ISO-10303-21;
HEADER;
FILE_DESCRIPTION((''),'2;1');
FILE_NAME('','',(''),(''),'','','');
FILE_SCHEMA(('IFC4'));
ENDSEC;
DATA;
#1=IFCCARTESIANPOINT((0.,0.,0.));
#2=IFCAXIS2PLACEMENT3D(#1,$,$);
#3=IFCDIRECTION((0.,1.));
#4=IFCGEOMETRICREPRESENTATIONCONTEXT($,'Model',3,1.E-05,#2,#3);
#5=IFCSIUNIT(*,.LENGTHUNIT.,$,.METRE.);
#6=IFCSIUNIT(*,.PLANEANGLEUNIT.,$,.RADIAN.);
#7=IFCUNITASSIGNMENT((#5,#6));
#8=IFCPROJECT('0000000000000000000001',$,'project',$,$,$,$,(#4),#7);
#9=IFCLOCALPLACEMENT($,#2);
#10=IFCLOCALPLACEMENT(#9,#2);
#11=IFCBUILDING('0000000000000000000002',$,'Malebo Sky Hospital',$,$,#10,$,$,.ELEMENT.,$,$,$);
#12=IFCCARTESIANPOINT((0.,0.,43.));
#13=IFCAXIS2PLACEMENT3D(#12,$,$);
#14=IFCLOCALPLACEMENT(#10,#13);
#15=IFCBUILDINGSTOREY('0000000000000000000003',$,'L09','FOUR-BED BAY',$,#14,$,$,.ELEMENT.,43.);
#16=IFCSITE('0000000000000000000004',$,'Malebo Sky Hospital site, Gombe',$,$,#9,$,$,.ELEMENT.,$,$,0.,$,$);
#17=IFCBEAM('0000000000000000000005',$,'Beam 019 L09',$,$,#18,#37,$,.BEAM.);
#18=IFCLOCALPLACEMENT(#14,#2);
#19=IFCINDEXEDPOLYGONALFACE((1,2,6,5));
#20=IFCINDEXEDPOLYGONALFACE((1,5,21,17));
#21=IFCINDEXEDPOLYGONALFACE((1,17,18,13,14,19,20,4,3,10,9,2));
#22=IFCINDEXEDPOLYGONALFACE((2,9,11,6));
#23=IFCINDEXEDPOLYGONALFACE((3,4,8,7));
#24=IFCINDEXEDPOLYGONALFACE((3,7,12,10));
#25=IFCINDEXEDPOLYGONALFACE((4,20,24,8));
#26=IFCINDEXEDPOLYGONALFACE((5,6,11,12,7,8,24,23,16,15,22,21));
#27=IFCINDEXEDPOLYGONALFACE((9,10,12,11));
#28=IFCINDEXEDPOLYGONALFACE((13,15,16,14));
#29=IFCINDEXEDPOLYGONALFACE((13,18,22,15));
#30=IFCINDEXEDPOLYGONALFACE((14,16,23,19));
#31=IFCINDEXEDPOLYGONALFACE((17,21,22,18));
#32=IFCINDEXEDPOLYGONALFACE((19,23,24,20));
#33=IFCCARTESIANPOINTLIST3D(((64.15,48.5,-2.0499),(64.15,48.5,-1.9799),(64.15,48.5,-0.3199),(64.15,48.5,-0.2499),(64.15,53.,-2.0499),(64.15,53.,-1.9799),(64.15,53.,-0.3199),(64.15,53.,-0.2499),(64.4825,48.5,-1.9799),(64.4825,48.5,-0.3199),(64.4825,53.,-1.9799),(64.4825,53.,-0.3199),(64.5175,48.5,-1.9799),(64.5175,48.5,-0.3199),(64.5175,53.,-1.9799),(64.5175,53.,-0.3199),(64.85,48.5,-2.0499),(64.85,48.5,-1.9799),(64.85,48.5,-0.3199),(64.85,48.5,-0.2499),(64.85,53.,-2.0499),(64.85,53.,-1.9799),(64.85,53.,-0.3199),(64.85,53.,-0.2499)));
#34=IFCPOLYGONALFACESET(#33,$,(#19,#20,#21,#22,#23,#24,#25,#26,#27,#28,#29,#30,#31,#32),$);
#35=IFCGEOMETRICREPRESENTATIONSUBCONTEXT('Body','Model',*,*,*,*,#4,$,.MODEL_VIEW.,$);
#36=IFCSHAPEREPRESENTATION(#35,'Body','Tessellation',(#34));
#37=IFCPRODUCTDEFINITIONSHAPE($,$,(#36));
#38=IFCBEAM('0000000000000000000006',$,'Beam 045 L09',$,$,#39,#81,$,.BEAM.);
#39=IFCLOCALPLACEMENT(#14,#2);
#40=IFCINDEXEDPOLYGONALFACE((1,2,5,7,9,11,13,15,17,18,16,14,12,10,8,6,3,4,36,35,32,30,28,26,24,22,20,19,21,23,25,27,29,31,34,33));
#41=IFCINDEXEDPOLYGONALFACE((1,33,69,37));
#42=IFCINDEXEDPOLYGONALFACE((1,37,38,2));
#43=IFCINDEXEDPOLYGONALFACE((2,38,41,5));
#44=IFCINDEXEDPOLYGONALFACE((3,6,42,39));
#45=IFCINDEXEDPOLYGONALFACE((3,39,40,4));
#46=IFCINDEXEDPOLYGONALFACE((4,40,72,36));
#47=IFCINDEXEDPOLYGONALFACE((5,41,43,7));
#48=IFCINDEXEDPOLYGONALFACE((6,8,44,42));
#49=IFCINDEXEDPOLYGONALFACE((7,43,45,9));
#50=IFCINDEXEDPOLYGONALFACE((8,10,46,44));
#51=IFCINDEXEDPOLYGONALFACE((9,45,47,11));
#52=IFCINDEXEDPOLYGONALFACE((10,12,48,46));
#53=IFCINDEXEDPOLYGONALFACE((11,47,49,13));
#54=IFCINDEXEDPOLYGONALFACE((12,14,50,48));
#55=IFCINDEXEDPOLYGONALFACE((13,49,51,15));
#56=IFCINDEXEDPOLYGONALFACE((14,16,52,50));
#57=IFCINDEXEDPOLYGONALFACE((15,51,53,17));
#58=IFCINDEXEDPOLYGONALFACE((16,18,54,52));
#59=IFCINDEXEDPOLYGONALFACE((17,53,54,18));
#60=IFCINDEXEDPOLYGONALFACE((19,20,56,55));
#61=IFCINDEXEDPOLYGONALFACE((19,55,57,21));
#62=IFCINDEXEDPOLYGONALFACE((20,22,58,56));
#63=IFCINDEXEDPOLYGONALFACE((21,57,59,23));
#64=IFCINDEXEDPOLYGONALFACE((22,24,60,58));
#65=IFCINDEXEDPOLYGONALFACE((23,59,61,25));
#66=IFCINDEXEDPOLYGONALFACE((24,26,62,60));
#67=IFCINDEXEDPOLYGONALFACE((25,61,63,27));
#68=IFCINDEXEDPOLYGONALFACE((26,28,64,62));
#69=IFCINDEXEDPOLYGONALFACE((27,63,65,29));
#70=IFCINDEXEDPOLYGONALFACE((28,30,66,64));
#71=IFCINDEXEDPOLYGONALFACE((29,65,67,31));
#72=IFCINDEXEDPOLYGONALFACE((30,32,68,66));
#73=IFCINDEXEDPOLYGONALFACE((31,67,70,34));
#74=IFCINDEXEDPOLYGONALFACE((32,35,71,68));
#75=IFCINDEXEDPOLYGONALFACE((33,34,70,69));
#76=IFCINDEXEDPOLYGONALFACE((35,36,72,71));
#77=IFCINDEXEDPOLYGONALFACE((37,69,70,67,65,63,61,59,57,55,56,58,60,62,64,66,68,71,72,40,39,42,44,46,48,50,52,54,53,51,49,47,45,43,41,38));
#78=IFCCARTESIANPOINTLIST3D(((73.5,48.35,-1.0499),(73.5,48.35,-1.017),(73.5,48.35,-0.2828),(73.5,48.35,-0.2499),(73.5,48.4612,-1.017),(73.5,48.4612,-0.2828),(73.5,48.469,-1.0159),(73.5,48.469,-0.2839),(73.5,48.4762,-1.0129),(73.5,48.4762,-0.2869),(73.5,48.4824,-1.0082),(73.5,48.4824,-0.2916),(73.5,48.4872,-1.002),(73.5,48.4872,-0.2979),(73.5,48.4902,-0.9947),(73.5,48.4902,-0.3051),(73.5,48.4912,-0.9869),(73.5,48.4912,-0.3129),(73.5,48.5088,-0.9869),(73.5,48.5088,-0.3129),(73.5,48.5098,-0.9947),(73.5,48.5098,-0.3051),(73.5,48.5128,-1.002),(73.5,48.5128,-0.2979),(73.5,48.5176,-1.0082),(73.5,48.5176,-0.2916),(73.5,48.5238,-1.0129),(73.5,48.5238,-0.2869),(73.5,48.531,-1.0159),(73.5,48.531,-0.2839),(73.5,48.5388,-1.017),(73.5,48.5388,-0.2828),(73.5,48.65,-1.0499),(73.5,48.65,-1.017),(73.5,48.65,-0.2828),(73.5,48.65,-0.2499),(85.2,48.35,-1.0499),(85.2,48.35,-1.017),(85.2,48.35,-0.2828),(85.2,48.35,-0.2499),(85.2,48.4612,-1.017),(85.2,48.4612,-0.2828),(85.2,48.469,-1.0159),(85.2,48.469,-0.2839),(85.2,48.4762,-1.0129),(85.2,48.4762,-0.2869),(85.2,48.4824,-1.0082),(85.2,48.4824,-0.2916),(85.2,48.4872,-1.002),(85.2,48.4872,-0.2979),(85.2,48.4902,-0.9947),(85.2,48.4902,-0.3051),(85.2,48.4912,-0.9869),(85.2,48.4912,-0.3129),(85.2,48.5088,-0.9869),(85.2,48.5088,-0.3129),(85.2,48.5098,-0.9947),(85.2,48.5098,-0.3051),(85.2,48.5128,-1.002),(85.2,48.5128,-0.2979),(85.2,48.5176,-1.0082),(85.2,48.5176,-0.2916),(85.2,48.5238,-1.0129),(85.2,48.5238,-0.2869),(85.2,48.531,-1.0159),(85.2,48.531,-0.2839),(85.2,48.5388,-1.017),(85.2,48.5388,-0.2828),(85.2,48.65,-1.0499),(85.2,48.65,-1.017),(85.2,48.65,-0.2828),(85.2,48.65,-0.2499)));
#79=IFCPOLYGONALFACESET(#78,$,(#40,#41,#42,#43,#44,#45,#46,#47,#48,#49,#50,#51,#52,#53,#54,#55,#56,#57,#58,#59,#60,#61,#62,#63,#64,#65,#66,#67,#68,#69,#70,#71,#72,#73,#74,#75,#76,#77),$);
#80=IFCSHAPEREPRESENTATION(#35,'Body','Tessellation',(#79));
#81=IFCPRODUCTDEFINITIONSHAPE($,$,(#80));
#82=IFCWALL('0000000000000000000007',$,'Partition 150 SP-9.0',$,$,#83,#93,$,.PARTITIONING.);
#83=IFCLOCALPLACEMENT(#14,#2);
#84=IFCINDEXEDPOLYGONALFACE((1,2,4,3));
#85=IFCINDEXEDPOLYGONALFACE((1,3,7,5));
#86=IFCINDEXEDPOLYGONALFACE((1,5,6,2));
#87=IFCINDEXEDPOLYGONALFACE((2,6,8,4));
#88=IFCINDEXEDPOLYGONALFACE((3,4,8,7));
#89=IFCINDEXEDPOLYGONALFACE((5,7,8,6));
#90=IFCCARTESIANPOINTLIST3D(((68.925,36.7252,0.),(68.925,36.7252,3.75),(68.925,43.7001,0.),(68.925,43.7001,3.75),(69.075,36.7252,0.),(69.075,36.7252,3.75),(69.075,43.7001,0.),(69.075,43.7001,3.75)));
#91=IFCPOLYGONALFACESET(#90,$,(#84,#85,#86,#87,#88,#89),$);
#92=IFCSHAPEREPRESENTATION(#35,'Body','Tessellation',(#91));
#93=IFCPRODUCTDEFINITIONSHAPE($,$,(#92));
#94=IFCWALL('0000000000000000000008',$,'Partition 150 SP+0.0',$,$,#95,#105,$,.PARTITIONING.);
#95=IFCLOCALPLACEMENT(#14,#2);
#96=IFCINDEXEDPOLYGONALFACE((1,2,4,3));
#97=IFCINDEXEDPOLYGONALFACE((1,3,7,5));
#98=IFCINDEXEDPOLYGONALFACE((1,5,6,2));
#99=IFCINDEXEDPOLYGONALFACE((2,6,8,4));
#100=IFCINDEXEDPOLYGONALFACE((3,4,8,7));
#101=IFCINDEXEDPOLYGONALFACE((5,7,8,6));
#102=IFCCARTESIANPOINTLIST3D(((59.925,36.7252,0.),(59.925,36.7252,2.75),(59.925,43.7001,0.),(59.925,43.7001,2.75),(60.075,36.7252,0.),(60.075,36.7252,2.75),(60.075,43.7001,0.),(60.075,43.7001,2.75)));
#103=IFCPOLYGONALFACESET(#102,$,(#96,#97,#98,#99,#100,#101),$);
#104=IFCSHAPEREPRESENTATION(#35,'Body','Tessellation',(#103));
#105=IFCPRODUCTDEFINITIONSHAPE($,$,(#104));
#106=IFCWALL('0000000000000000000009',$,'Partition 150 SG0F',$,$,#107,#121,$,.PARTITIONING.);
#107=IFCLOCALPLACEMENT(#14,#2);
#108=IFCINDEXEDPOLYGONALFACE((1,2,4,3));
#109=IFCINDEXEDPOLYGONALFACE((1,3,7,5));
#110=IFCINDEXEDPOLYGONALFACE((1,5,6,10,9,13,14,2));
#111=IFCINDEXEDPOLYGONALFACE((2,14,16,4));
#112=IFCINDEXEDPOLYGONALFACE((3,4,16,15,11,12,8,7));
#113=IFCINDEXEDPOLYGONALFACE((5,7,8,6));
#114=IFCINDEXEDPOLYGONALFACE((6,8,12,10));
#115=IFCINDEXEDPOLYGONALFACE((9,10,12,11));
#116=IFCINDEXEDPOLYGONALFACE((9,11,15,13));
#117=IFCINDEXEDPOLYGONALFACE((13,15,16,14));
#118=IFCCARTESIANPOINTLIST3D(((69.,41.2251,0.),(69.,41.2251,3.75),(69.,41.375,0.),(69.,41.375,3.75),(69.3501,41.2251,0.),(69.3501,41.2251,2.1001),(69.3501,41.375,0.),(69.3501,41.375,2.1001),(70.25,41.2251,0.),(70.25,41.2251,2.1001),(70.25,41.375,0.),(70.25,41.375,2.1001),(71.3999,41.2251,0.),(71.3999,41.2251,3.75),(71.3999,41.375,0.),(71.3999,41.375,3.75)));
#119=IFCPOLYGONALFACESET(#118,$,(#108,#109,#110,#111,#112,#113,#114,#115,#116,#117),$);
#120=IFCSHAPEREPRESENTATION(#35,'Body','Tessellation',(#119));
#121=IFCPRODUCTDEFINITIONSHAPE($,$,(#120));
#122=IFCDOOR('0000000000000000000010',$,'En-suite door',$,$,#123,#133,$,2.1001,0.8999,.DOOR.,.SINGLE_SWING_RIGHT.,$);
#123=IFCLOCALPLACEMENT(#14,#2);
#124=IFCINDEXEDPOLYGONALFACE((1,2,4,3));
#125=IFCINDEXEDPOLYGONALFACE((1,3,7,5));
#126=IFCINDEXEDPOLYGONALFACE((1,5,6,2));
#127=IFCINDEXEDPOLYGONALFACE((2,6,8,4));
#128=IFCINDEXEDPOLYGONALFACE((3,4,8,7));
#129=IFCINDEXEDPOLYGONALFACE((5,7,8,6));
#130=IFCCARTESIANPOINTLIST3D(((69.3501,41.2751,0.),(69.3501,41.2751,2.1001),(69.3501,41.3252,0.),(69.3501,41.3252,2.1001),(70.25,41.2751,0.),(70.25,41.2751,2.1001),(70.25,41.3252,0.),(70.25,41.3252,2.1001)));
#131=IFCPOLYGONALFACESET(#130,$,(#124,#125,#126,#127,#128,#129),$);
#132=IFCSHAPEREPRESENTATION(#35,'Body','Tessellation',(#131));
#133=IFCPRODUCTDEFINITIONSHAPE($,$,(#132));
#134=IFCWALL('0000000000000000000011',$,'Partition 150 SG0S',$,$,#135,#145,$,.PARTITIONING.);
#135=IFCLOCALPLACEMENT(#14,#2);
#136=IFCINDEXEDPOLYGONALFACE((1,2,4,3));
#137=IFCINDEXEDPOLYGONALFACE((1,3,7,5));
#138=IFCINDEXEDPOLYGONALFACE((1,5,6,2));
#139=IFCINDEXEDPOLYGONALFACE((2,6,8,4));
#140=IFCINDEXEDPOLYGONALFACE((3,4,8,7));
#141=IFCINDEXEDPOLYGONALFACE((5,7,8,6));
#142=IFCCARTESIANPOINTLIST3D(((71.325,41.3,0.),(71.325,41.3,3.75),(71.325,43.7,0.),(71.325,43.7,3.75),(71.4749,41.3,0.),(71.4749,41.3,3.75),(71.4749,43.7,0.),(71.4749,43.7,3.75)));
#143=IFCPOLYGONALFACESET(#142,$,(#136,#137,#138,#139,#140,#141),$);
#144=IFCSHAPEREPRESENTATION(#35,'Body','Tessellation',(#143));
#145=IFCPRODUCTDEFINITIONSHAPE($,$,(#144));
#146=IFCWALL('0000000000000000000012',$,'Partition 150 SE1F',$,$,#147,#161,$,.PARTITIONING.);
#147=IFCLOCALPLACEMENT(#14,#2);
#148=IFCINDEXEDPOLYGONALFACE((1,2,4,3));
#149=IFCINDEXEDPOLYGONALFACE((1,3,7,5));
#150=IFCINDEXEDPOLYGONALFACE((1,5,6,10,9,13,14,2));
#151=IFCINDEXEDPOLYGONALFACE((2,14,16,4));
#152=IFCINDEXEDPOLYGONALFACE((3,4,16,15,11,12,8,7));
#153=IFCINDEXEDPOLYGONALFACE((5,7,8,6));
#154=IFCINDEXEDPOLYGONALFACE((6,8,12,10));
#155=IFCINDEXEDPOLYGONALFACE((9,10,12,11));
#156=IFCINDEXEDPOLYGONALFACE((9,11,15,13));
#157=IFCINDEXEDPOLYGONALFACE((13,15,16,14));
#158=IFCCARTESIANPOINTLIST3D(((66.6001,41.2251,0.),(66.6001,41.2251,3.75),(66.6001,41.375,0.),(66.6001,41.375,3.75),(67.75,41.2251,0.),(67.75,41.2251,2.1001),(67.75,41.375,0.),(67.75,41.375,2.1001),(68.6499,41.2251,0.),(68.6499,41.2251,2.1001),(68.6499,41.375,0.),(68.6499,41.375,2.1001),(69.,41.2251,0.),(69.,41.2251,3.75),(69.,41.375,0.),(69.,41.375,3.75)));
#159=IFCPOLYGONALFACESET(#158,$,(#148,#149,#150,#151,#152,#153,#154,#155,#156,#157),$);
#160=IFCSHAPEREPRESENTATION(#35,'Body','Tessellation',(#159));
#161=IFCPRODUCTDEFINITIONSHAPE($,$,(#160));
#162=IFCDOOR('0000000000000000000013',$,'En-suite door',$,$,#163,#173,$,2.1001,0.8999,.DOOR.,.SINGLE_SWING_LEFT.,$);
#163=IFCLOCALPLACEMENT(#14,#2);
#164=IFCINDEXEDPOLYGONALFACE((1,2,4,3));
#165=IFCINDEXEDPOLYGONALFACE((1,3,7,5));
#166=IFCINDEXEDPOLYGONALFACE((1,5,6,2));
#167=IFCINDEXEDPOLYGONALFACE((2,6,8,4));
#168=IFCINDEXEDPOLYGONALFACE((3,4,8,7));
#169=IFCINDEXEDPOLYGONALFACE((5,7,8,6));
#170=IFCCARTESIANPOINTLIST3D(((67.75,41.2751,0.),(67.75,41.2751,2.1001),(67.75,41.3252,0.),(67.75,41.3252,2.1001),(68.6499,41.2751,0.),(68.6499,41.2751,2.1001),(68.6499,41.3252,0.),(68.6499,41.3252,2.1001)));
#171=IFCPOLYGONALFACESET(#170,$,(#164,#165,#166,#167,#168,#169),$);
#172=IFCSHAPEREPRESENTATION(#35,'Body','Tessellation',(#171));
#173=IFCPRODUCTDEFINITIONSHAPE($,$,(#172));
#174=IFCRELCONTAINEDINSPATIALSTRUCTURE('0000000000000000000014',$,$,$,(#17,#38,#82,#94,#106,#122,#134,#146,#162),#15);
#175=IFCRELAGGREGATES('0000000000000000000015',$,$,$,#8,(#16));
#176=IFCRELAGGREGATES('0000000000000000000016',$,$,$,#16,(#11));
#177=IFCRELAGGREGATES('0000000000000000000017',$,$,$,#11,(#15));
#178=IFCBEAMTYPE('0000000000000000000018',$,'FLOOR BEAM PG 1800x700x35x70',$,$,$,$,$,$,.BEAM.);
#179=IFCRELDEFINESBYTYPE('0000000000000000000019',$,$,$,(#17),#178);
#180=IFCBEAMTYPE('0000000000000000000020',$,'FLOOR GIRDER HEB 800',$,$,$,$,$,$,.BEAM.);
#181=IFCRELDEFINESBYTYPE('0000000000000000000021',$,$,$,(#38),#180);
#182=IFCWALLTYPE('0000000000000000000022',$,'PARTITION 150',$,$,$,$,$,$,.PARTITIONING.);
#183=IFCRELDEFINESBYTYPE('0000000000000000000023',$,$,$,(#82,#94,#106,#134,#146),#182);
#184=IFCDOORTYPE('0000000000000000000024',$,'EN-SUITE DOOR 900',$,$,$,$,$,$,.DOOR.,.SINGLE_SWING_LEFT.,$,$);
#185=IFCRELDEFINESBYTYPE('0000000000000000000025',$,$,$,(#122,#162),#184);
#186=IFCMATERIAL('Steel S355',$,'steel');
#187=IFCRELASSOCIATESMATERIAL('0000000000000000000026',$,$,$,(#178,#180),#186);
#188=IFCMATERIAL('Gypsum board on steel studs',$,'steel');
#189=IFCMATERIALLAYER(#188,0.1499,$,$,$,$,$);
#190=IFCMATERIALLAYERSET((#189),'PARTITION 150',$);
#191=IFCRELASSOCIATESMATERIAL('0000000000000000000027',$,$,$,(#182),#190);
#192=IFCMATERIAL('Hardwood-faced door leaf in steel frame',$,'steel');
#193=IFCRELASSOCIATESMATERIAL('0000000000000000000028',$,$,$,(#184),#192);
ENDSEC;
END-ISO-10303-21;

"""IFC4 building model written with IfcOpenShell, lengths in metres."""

from ifc_helpers import new_model, si_unit, direction, frame, frame_2d, origin, origin_2d, place, context, subcontext, project, spatial, rectangle, i_section, extrude, material, layer, layer_set, material_profile, profile_set, type_object, element, fill, save


model = new_model("IFC4")

# Units and contexts
model_context = context("Model", 3, precision=1e-05, world=origin(), true_north=direction((0.0, 1.0)))
body_context = subcontext(model_context, "Body", "Model", "MODEL_VIEW")
ifc_project = project(units=[si_unit("LENGTHUNIT", "METRE"), si_unit("PLANEANGLEUNIT", "RADIAN")], contexts=[model_context])

# Site, building, storey
site_placement = place(None, origin())
site = spatial("IfcSite", under=ifc_project, at=site_placement, Name="Malebo Sky Hospital site, Gombe", CompositionType="ELEMENT", RefElevation=0.0)
building_placement = place(site_placement, origin())
building = spatial("IfcBuilding", under=site, at=building_placement, Name="Malebo Sky Hospital", CompositionType="ELEMENT")
storey_placement = place(building_placement, frame((0.0, 0.0, 43.0)))
storey = spatial("IfcBuildingStorey", under=building, at=storey_placement, Name="L09", Description="FOUR-BED BAY", CompositionType="ELEMENT", Elevation=43.0)

# Beams
ifc_material_1 = material(Name="Steel S355", Category="steel")
ifc_material_profile_1 = material_profile(ifc_material_1, i_section(OverallWidth=0.7, OverallDepth=1.8, WebThickness=0.0349, FlangeThickness=0.0701, at=origin_2d()), Name="PG 1800x700x35x70")
ifc_profile_set_1 = profile_set([ifc_material_profile_1], Name="Steel S355")
beam_type_1 = type_object("IfcBeamType", Name="FLOOR BEAM PG 1800x700x35x70", PredefinedType="BEAM", material=ifc_profile_set_1)
beam_1_placement = place(storey_placement, frame((64.5, 48.5, -1.1499), z_axis=(0.0, 1.0, 0.0), x_axis=(-1.0, 0.0, 0.0)))
element("IfcBeam", 1, at=beam_1_placement, inside=storey, type_object=beam_type_1, Name="Beam 019 L09", PredefinedType="BEAM", context=body_context, shape_type="SweptSolid", body=[
    extrude(i_section(OverallWidth=0.7, OverallDepth=1.8, WebThickness=0.0349, FlangeThickness=0.0701, at=origin_2d()), origin(), (0.0, 0.0, 1.0), 4.5),
])
ifc_material_profile_2 = material_profile(ifc_material_1, i_section(OverallWidth=0.3, OverallDepth=0.8, WebThickness=0.0176, FlangeThickness=0.033, FilletRadius=0.03, at=origin_2d()), Name="HEB 800")
ifc_profile_set_2 = profile_set([ifc_material_profile_2], Name="Steel S355")
beam_type_2 = type_object("IfcBeamType", Name="FLOOR GIRDER HEB 800", PredefinedType="BEAM", material=ifc_profile_set_2)
beam_2_placement = place(storey_placement, frame((73.5, 48.5, -0.6499), z_axis=(1.0, 0.0, 0.0), x_axis=(0.0, 1.0, 0.0)))
element("IfcBeam", 2, at=beam_2_placement, inside=storey, type_object=beam_type_2, Name="Beam 045 L09", PredefinedType="BEAM", context=body_context, shape_type="SweptSolid", body=[
    extrude(i_section(OverallWidth=0.3, OverallDepth=0.8, WebThickness=0.0176, FlangeThickness=0.033, FilletRadius=0.03, at=origin_2d()), origin(), (0.0, 0.0, 1.0), 11.7),
])

# Walls
ifc_material_2 = material(Name="Gypsum board on steel studs", Category="steel")
ifc_layer = layer(ifc_material_2, 0.1499)
ifc_layer_set = layer_set([ifc_layer], Name="PARTITION 150")
wall_type = type_object("IfcWallType", Name="PARTITION 150", PredefinedType="PARTITIONING", material=ifc_layer_set)
wall_1_placement = place(storey_placement, frame((69.0, 43.7, 0.0), z_axis=(0.0, 0.0, 1.0), x_axis=(0.0, -1.0, 0.0)))
element("IfcWall", 3, at=wall_1_placement, inside=storey, type_object=wall_type, Name="Partition 150 SP-9.0", PredefinedType="PARTITIONING", context=body_context, shape_type="SweptSolid", body=[
    extrude(rectangle(XDim=6.9749, YDim=0.1499, at=frame_2d((3.4873, 0.0))), origin(), (0.0, 0.0, 1.0), 3.75),
])
wall_2_placement = place(storey_placement, frame((60.0, 43.7, 0.0), z_axis=(0.0, 0.0, 1.0), x_axis=(0.0, -1.0, 0.0)))
element("IfcWall", 4, at=wall_2_placement, inside=storey, type_object=wall_type, Name="Partition 150 SP+0.0", PredefinedType="PARTITIONING", context=body_context, shape_type="SweptSolid", body=[
    extrude(rectangle(XDim=6.9749, YDim=0.1499, at=frame_2d((3.4873, 0.0))), origin(), (0.0, 0.0, 1.0), 2.75),
])

# Wall, opening, door
wall_3_placement = place(storey_placement, frame((71.3999, 41.3, 0.0), z_axis=(0.0, 0.0, 1.0), x_axis=(-1.0, 0.0, 0.0)))
wall_3 = element("IfcWall", 5, at=wall_3_placement, inside=storey, type_object=wall_type, Name="Partition 150 SG0F", PredefinedType="PARTITIONING", context=body_context, shape_type="SweptSolid", body=[
    extrude(rectangle(XDim=2.3999, YDim=0.1499, at=frame_2d((1.2, 0.0))), origin(), (0.0, 0.0, 1.0), 3.75),
])
opening_1_placement = place(wall_3_placement, frame((1.1499, 0.0, 0.0)))
opening_1 = element("IfcOpeningElement", 6, at=opening_1_placement, cuts=wall_3, PredefinedType="OPENING", context=body_context, shape_type="SweptSolid", body=[
    extrude(rectangle(XDim=0.8999, YDim=2.1001, at=frame_2d((0.45, 1.05))), frame((0.0, 0.085, 0.0), z_axis=(0.0, -1.0, 0.0), x_axis=(1.0, 0.0, 0.0)), (0.0, 0.0, 1.0), 0.1699),
])
ifc_material_3 = material(Name="Hardwood-faced door leaf in steel frame", Category="steel")
door_type = type_object("IfcDoorType", Name="EN-SUITE DOOR 900", OperationType="SINGLE_SWING_LEFT", PredefinedType="DOOR", material=ifc_material_3)
door_1_placement = place(opening_1_placement, origin())
door_1 = element("IfcDoor", 7, at=door_1_placement, inside=storey, type_object=door_type, Name="En-suite door", OperationType="SINGLE_SWING_RIGHT", OverallHeight=2.1001, OverallWidth=0.8999, PredefinedType="DOOR", context=body_context, shape_type="SweptSolid", body=[
    extrude(rectangle(XDim=0.8999, YDim=2.1001, at=frame_2d((0.45, 1.05))), frame((0.0, 0.0249, 0.0), z_axis=(0.0, -1.0, 0.0), x_axis=(1.0, 0.0, 0.0)), (0.0, 0.0, 1.0), 0.05),
])
fill(opening_1, door_1)

# Wall
wall_4_placement = place(storey_placement, frame((71.3999, 43.7, 0.0), z_axis=(0.0, 0.0, 1.0), x_axis=(0.0, -1.0, 0.0)))
element("IfcWall", 8, at=wall_4_placement, inside=storey, type_object=wall_type, Name="Partition 150 SG0S", PredefinedType="PARTITIONING", context=body_context, shape_type="SweptSolid", body=[
    extrude(rectangle(XDim=2.3999, YDim=0.1499, at=frame_2d((1.2, 0.0))), origin(), (0.0, 0.0, 1.0), 3.75),
])

# Wall, opening, door
wall_5_placement = place(storey_placement, frame((69.0, 41.3, 0.0), z_axis=(0.0, 0.0, 1.0), x_axis=(-1.0, 0.0, 0.0)))
wall_5 = element("IfcWall", 9, at=wall_5_placement, inside=storey, type_object=wall_type, Name="Partition 150 SE1F", PredefinedType="PARTITIONING", context=body_context, shape_type="SweptSolid", body=[
    extrude(rectangle(XDim=2.3999, YDim=0.1499, at=frame_2d((1.2, 0.0))), origin(), (0.0, 0.0, 1.0), 3.75),
])
opening_2_placement = place(wall_5_placement, frame((0.3501, 0.0, 0.0)))
opening_2 = element("IfcOpeningElement", 10, at=opening_2_placement, cuts=wall_5, PredefinedType="OPENING", context=body_context, shape_type="SweptSolid", body=[
    extrude(rectangle(XDim=0.8999, YDim=2.1001, at=frame_2d((0.45, 1.05))), frame((0.0, 0.085, 0.0), z_axis=(0.0, -1.0, 0.0), x_axis=(1.0, 0.0, 0.0)), (0.0, 0.0, 1.0), 0.1699),
])
door_2_placement = place(opening_2_placement, origin())
door_2 = element("IfcDoor", 11, at=door_2_placement, inside=storey, type_object=door_type, Name="En-suite door", OperationType="SINGLE_SWING_LEFT", OverallHeight=2.1001, OverallWidth=0.8999, PredefinedType="DOOR", context=body_context, shape_type="SweptSolid", body=[
    extrude(rectangle(XDim=0.8999, YDim=2.1001, at=frame_2d((0.45, 1.05))), frame((0.0, 0.0249, 0.0), z_axis=(0.0, -1.0, 0.0), x_axis=(1.0, 0.0, 0.0)), (0.0, 0.0, 1.0), 0.05),
])
fill(opening_2, door_2)

save(model, "model.ifc")
